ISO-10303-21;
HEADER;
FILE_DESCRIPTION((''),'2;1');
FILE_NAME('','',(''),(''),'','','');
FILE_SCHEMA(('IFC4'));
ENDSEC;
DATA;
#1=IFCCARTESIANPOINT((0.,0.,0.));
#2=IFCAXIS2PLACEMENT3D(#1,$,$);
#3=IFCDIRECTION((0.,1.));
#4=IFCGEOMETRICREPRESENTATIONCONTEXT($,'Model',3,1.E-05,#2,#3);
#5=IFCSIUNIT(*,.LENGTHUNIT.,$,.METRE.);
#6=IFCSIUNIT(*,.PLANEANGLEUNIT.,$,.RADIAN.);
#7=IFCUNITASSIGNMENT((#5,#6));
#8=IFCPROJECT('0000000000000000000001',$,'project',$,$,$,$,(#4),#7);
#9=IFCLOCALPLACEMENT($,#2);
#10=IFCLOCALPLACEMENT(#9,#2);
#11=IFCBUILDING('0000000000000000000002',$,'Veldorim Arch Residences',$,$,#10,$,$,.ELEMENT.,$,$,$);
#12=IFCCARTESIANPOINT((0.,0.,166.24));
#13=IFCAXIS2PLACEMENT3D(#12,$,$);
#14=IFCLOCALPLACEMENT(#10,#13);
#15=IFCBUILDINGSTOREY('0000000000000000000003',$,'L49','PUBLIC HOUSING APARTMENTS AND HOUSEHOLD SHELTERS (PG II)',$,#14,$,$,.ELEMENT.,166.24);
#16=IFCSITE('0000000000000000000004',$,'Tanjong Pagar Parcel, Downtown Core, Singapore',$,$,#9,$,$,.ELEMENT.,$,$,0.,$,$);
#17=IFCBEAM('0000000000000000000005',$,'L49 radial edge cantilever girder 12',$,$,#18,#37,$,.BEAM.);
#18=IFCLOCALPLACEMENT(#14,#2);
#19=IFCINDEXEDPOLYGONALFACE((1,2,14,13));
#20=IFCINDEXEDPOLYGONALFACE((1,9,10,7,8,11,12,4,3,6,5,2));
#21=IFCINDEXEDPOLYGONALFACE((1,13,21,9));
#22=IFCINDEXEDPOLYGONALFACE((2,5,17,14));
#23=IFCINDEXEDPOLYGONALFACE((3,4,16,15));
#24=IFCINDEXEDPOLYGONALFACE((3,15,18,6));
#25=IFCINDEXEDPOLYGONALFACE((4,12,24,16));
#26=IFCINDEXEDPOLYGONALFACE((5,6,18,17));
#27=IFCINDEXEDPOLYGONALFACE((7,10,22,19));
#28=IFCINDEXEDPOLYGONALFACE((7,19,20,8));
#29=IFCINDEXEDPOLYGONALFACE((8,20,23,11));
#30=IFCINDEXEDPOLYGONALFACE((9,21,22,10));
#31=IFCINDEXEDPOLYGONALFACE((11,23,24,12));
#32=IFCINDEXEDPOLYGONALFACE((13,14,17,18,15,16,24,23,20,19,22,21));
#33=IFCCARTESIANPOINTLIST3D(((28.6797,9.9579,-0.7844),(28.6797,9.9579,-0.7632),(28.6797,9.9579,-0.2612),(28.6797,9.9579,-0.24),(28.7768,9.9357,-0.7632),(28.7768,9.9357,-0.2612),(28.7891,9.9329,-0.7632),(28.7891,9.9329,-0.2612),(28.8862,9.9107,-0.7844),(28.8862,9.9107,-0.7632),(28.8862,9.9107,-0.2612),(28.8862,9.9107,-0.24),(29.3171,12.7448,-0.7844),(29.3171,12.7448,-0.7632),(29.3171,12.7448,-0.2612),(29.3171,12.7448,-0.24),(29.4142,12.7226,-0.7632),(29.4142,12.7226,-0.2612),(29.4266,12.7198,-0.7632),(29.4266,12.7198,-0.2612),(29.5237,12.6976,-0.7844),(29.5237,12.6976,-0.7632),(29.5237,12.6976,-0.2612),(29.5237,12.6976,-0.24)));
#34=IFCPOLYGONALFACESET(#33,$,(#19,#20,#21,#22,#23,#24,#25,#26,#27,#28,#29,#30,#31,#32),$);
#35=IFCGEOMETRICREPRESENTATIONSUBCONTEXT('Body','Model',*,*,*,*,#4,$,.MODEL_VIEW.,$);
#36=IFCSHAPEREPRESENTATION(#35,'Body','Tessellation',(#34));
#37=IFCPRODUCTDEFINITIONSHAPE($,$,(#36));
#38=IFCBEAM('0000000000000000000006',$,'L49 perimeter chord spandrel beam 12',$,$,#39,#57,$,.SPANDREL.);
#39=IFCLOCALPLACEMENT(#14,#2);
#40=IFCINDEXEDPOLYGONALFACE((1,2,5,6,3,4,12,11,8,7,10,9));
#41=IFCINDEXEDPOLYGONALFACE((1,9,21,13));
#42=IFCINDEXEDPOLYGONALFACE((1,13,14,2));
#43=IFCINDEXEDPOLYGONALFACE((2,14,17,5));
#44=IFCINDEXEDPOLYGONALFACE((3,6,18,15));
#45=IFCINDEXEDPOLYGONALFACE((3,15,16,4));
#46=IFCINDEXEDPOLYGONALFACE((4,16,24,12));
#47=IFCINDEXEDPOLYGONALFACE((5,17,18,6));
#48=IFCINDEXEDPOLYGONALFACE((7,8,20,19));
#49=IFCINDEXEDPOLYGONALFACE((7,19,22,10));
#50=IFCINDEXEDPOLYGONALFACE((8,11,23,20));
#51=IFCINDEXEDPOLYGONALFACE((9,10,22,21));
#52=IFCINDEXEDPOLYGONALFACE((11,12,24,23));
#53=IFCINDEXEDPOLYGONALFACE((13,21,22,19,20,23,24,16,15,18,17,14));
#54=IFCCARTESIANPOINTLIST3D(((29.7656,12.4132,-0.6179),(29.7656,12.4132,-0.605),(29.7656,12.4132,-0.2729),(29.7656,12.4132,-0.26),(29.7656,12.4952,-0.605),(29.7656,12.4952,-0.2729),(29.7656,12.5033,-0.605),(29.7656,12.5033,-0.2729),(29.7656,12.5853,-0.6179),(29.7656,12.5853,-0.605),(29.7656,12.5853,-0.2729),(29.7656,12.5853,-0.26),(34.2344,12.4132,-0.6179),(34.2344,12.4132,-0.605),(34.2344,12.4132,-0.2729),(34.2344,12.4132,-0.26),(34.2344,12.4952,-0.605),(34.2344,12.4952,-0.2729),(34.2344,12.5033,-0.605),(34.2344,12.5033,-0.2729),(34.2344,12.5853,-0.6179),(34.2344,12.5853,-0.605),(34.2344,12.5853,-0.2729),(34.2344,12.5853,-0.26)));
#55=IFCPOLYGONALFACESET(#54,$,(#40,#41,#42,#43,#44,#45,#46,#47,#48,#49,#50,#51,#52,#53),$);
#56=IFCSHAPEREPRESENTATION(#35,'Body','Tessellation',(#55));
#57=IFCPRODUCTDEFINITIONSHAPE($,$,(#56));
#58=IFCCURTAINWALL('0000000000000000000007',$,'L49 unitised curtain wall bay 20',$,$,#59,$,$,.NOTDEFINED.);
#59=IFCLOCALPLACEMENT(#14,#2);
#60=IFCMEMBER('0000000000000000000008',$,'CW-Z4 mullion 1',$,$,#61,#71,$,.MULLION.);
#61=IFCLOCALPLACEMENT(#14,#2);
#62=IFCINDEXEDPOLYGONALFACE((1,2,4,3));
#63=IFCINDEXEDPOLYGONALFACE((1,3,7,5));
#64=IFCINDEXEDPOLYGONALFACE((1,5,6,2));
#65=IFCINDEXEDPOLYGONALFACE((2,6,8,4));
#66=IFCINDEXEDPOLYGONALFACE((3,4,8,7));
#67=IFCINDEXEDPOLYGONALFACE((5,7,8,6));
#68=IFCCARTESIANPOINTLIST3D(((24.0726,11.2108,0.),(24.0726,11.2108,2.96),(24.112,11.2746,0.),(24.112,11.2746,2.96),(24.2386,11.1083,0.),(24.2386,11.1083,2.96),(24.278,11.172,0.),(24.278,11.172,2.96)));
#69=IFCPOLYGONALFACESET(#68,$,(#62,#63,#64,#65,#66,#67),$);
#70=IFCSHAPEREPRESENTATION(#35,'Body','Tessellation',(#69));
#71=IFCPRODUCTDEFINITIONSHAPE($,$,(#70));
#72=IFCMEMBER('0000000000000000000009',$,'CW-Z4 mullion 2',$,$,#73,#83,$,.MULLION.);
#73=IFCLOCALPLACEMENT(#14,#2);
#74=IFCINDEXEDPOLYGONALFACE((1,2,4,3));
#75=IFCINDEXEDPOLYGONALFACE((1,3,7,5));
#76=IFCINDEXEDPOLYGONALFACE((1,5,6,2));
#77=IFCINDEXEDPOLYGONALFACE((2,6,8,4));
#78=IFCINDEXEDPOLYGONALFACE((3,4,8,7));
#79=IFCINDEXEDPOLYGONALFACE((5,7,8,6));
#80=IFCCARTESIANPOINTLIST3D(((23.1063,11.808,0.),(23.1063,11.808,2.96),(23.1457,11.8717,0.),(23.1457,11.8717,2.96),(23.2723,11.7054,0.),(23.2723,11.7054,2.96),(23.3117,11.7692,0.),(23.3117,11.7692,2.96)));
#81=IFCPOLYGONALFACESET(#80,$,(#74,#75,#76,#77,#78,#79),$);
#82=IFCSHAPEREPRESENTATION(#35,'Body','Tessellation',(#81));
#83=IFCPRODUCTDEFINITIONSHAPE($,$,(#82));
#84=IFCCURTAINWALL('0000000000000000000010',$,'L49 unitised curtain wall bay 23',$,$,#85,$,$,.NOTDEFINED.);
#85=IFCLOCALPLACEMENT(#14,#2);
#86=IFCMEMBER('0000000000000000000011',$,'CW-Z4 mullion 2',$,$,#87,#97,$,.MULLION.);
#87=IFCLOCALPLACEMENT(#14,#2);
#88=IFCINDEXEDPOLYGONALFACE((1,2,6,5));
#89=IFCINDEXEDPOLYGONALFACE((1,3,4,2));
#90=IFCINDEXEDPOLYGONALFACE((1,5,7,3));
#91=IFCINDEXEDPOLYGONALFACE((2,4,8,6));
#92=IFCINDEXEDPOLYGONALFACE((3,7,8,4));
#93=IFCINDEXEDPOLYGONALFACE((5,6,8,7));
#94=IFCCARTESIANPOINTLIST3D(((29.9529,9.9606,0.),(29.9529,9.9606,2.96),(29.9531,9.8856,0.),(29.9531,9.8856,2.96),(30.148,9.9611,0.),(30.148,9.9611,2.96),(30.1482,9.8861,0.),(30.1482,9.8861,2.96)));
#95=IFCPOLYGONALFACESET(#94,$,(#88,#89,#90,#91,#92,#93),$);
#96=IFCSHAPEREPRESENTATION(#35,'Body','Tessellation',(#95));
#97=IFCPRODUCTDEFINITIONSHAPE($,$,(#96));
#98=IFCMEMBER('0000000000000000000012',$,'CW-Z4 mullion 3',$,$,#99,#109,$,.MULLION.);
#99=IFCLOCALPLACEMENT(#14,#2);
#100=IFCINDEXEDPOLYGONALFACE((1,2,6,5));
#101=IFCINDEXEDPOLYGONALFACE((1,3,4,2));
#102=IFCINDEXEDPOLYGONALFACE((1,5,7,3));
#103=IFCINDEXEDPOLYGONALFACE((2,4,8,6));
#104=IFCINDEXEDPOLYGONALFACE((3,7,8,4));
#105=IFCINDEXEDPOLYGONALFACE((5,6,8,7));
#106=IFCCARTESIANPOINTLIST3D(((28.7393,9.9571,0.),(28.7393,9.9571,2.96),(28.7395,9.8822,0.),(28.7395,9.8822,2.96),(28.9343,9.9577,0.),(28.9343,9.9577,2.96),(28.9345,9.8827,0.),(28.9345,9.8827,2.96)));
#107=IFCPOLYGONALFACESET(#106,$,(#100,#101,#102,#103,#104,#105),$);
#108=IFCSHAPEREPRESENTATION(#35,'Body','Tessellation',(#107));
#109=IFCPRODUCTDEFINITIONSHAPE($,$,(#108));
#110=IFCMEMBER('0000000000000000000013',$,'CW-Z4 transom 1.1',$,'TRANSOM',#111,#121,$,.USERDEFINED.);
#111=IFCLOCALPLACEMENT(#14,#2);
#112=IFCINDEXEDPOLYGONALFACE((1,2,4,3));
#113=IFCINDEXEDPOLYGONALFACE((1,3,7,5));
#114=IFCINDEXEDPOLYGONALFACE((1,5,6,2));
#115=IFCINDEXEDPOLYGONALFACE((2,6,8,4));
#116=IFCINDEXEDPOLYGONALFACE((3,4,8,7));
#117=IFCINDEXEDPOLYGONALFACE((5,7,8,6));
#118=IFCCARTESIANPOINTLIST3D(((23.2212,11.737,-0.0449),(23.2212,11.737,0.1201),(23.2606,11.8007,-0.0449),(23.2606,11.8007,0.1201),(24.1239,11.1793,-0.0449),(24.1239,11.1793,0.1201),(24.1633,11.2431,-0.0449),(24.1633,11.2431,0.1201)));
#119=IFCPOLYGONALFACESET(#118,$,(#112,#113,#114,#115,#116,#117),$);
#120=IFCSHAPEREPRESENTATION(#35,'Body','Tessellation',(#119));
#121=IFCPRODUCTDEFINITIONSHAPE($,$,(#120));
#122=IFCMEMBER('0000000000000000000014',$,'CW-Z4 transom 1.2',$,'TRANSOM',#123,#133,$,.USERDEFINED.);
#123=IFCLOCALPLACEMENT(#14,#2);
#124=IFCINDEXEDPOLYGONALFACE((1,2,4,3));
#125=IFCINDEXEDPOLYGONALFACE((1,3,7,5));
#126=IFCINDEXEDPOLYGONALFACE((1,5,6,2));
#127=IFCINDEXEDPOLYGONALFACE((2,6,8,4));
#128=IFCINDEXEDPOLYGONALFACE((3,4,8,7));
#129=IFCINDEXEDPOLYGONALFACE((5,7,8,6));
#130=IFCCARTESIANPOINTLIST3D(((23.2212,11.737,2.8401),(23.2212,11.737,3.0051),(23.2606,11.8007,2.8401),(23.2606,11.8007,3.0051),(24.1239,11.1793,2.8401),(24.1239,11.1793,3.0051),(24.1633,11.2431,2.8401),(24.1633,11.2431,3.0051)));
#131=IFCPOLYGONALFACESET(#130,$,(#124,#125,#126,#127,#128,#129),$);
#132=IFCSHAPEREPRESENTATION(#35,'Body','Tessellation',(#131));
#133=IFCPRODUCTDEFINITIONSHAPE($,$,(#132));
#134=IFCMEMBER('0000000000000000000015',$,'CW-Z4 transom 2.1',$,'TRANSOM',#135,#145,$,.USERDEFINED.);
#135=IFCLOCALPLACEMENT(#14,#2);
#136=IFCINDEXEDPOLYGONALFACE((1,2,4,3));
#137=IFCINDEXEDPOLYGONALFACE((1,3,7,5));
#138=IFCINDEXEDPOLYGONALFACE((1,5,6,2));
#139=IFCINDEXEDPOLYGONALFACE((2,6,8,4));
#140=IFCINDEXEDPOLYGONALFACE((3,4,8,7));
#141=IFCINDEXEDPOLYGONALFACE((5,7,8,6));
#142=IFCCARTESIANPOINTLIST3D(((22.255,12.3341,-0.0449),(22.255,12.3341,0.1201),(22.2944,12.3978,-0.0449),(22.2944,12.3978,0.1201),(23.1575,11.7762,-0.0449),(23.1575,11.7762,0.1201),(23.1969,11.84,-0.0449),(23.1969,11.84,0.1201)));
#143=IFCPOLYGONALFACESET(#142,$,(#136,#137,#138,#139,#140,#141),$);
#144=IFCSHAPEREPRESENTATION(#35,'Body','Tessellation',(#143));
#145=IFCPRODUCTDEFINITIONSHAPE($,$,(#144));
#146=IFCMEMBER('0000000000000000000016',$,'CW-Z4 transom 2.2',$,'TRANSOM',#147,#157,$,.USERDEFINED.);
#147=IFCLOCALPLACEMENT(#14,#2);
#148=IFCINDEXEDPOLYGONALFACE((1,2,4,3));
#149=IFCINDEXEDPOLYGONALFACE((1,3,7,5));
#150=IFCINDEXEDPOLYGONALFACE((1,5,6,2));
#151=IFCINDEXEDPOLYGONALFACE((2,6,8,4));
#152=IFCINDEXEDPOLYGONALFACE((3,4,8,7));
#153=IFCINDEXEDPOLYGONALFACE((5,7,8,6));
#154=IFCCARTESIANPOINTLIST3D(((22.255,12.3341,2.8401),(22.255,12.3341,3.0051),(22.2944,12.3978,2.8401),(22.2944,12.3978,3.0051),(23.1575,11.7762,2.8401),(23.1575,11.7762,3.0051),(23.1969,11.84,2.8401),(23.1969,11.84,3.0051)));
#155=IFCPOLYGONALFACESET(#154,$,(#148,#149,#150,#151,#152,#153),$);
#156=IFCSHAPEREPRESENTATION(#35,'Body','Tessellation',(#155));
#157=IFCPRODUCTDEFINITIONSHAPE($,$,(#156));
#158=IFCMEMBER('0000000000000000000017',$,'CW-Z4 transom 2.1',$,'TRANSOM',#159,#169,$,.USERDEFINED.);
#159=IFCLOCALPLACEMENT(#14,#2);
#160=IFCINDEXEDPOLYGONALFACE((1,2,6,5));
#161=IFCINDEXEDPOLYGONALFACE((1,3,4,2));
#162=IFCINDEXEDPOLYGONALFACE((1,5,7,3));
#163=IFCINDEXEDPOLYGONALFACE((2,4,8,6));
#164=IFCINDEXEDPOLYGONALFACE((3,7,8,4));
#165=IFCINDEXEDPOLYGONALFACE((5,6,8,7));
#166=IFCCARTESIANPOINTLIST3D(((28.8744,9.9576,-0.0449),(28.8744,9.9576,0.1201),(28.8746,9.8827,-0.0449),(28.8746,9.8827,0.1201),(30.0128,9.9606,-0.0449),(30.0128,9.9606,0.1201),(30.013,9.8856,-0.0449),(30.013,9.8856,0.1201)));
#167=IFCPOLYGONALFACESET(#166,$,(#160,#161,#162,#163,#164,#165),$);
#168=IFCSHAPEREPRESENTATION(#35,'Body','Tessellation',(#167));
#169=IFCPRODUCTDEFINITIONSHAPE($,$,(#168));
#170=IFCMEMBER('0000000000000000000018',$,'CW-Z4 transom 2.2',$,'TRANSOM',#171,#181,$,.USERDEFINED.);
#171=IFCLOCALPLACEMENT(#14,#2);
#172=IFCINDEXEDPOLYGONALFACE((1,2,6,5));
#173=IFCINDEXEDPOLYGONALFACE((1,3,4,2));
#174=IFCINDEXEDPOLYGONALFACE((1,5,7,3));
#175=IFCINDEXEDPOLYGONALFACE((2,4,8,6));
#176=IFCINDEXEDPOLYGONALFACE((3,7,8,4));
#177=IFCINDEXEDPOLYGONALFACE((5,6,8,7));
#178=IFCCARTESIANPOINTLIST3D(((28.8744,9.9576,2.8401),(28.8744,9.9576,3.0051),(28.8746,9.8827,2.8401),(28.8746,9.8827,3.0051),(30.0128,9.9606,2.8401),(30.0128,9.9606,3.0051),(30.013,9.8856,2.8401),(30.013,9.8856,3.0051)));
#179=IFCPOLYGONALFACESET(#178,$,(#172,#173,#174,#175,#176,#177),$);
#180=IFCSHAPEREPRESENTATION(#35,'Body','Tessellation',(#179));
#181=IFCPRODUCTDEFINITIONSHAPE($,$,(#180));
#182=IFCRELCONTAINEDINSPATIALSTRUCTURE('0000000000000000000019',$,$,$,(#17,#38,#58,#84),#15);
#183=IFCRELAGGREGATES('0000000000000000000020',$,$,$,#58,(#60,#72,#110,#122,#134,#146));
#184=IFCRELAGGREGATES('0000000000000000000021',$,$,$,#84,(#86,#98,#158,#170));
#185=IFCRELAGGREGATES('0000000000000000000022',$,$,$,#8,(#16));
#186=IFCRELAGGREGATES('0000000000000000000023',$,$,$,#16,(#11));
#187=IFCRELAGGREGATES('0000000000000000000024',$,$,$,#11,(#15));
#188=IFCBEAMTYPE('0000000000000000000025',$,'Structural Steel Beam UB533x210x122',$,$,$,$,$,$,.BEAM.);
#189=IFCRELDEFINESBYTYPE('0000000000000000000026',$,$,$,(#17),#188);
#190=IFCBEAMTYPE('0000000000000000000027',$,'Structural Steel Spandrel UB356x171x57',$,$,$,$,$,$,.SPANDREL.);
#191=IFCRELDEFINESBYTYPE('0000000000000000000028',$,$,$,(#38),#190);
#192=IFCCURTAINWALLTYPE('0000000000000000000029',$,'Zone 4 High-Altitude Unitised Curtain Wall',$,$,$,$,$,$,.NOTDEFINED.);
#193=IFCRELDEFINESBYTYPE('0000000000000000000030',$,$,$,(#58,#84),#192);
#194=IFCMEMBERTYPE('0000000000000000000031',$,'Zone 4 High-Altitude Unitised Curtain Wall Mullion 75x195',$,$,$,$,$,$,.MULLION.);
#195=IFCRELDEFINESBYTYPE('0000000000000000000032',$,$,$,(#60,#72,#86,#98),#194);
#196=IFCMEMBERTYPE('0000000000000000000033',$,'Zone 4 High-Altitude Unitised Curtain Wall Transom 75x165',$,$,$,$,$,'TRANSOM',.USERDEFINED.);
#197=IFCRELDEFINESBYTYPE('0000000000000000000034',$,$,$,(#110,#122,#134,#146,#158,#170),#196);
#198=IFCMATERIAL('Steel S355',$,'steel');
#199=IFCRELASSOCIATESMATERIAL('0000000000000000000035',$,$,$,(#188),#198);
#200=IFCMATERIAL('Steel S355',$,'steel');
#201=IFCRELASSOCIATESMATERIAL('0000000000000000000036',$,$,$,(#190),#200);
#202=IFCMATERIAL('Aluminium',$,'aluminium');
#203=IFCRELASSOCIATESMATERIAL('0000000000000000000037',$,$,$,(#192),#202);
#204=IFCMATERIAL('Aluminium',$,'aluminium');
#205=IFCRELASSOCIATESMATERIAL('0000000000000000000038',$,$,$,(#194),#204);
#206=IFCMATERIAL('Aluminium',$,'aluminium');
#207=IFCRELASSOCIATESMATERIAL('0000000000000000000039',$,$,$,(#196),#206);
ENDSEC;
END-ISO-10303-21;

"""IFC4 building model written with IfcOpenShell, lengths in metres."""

from ifc_helpers import new_model, si_unit, direction, frame, origin, origin_2d, place, context, subcontext, project, spatial, rectangle, i_section, extrude, material, material_profile, profile_set, type_object, element, aggregate, save


model = new_model("IFC4")

# Units and contexts
model_context = context("Model", 3, precision=1e-05, world=origin(), true_north=direction((0.0, 1.0)))
body_context = subcontext(model_context, "Body", "Model", "MODEL_VIEW")
ifc_project = project(units=[si_unit("LENGTHUNIT", "METRE"), si_unit("PLANEANGLEUNIT", "RADIAN")], contexts=[model_context])

# Site, building, storey
site_placement = place(None, origin())
site = spatial("IfcSite", under=ifc_project, at=site_placement, Name="Tanjong Pagar Parcel, Downtown Core, Singapore", CompositionType="ELEMENT", RefElevation=0.0)
building_placement = place(site_placement, origin())
building = spatial("IfcBuilding", under=site, at=building_placement, Name="Veldorim Arch Residences", CompositionType="ELEMENT")
storey_placement = place(building_placement, frame((0.0, 0.0, 166.24)))
storey = spatial("IfcBuildingStorey", under=building, at=storey_placement, Name="L49", Description="PUBLIC HOUSING APARTMENTS AND HOUSEHOLD SHELTERS (PG II)", CompositionType="ELEMENT", Elevation=166.24)

# Beams
ifc_material_1 = material(Name="Steel S355", Category="steel")
ifc_material_profile_1 = material_profile(ifc_material_1, i_section(OverallWidth=0.2119, OverallDepth=0.5444, WebThickness=0.0127, FlangeThickness=0.0212, at=origin_2d()), Name="UB533x210x122")
ifc_profile_set_1 = profile_set([ifc_material_profile_1], Name="Steel S355")
beam_type_1 = type_object("IfcBeamType", Name="Structural Steel Beam UB533x210x122", PredefinedType="BEAM", material=ifc_profile_set_1)
beam_1_placement = place(storey_placement, frame((29.4204, 12.7212, -0.5122), z_axis=(-0.222976, -0.974824, 0.0), x_axis=(0.974824, -0.222976, 0.0)))
element("IfcBeam", 1, at=beam_1_placement, inside=storey, type_object=beam_type_1, Name="L49 radial edge cantilever girder 12", PredefinedType="BEAM", context=body_context, shape_type="SweptSolid", body=[
    extrude(i_section(OverallWidth=0.2119, OverallDepth=0.5444, WebThickness=0.0127, FlangeThickness=0.0212, at=origin_2d()), origin(), (0.0, 0.0, 1.0), 2.8589),
])
ifc_material_2 = material(Name="Steel S355", Category="steel")
ifc_material_profile_2 = material_profile(ifc_material_2, i_section(OverallWidth=0.1721, OverallDepth=0.3579, WebThickness=0.0081, FlangeThickness=0.0129, at=origin_2d()), Name="UB356x171x57")
ifc_profile_set_2 = profile_set([ifc_material_profile_2], Name="Steel S355")
beam_type_2 = type_object("IfcBeamType", Name="Structural Steel Spandrel UB356x171x57", PredefinedType="SPANDREL", material=ifc_profile_set_2)
beam_2_placement = place(storey_placement, frame((29.7656, 12.4993, -0.439), z_axis=(1.0, 0.0, 0.0), x_axis=(0.0, 1.0, 0.0)))
element("IfcBeam", 2, at=beam_2_placement, inside=storey, type_object=beam_type_2, Name="L49 perimeter chord spandrel beam 12", PredefinedType="SPANDREL", context=body_context, shape_type="SweptSolid", body=[
    extrude(i_section(OverallWidth=0.1721, OverallDepth=0.3579, WebThickness=0.0081, FlangeThickness=0.0129, at=origin_2d()), origin(), (0.0, 0.0, 1.0), 4.4688),
])

# Curtain walls, members
ifc_material_3 = material(Name="Aluminium", Category="aluminium")
curtain_wall_type = type_object("IfcCurtainWallType", Name="Zone 4 High-Altitude Unitised Curtain Wall", PredefinedType="NOTDEFINED", material=ifc_material_3)
curtain_wall_1_placement = place(storey_placement, origin())
curtain_wall_1 = element("IfcCurtainWall", 3, at=curtain_wall_1_placement, inside=storey, type_object=curtain_wall_type, Name="L49 unitised curtain wall bay 20", PredefinedType="NOTDEFINED")
ifc_material_4 = material(Name="Aluminium", Category="aluminium")
ifc_material_profile_3 = material_profile(ifc_material_4, rectangle(XDim=0.075, YDim=0.1951, at=origin_2d()), Name="ALU_MUL_75x195")
ifc_profile_set_3 = profile_set([ifc_material_profile_3], Name="Aluminium")
member_type_1 = type_object("IfcMemberType", Name="Zone 4 High-Altitude Unitised Curtain Wall Mullion 75x195", PredefinedType="MULLION", material=ifc_profile_set_3)
member_1_placement = place(storey_placement, frame((24.1753, 11.1914, 0.0), z_axis=(0.0, 0.0, 1.0), x_axis=(-0.525637, -0.850709, 0.0)))
member_1 = element("IfcMember", 4, at=member_1_placement, type_object=member_type_1, Name="CW-Z4 mullion 1", PredefinedType="MULLION", context=body_context, shape_type="SweptSolid", body=[
    extrude(rectangle(XDim=0.075, YDim=0.1951, at=origin_2d()), origin(), (0.0, 0.0, 1.0), 2.96),
])
member_2_placement = place(storey_placement, frame((23.209, 11.7886, 0.0), z_axis=(0.0, 0.0, 1.0), x_axis=(-0.525637, -0.850709, 0.0)))
member_2 = element("IfcMember", 5, at=member_2_placement, type_object=member_type_1, Name="CW-Z4 mullion 2", PredefinedType="MULLION", context=body_context, shape_type="SweptSolid", body=[
    extrude(rectangle(XDim=0.075, YDim=0.1951, at=origin_2d()), origin(), (0.0, 0.0, 1.0), 2.96),
])
curtain_wall_2_placement = place(storey_placement, origin())
curtain_wall_2 = element("IfcCurtainWall", 6, at=curtain_wall_2_placement, inside=storey, type_object=curtain_wall_type, Name="L49 unitised curtain wall bay 23", PredefinedType="NOTDEFINED")
member_3_placement = place(storey_placement, frame((30.0505, 9.9233, 0.0), z_axis=(0.0, 0.0, 1.0), x_axis=(0.002678, -0.999996, 0.0)))
member_3 = element("IfcMember", 7, at=member_3_placement, type_object=member_type_1, Name="CW-Z4 mullion 2", PredefinedType="MULLION", context=body_context, shape_type="SweptSolid", body=[
    extrude(rectangle(XDim=0.075, YDim=0.1951, at=origin_2d()), origin(), (0.0, 0.0, 1.0), 2.96),
])
member_4_placement = place(storey_placement, frame((28.8369, 9.9199, 0.0), z_axis=(0.0, 0.0, 1.0), x_axis=(0.002678, -0.999996, 0.0)))
member_4 = element("IfcMember", 8, at=member_4_placement, type_object=member_type_1, Name="CW-Z4 mullion 3", PredefinedType="MULLION", context=body_context, shape_type="SweptSolid", body=[
    extrude(rectangle(XDim=0.075, YDim=0.1951, at=origin_2d()), origin(), (0.0, 0.0, 1.0), 2.96),
])

# Members
ifc_material_5 = material(Name="Aluminium", Category="aluminium")
ifc_material_profile_4 = material_profile(ifc_material_5, rectangle(XDim=0.075, YDim=0.165, at=origin_2d()), Name="ALU_TRN_75x165")
ifc_profile_set_4 = profile_set([ifc_material_profile_4], Name="Aluminium")
member_type_2 = type_object("IfcMemberType", Name="Zone 4 High-Altitude Unitised Curtain Wall Transom 75x165", ElementType="TRANSOM", PredefinedType="USERDEFINED", material=ifc_profile_set_4)
member_5_placement = place(storey_placement, frame((24.1436, 11.2112, 0.0376), z_axis=(-0.85074, 0.525586, 0.0), x_axis=(-0.525586, -0.85074, 0.0)))
member_5 = element("IfcMember", 9, at=member_5_placement, type_object=member_type_2, Name="CW-Z4 transom 1.1", ObjectType="TRANSOM", PredefinedType="USERDEFINED", context=body_context, shape_type="SweptSolid", body=[
    extrude(rectangle(XDim=0.075, YDim=0.165, at=origin_2d()), origin(), (0.0, 0.0, 1.0), 1.061),
])
member_6_placement = place(storey_placement, frame((24.1436, 11.2112, 2.9226), z_axis=(-0.85074, 0.525586, 0.0), x_axis=(-0.525586, -0.85074, 0.0)))
member_6 = element("IfcMember", 10, at=member_6_placement, type_object=member_type_2, Name="CW-Z4 transom 1.2", ObjectType="TRANSOM", PredefinedType="USERDEFINED", context=body_context, shape_type="SweptSolid", body=[
    extrude(rectangle(XDim=0.075, YDim=0.165, at=origin_2d()), origin(), (0.0, 0.0, 1.0), 1.061),
])
member_7_placement = place(storey_placement, frame((23.1772, 11.8081, 0.0376), z_axis=(-0.850638, 0.525752, 0.0), x_axis=(-0.525752, -0.850638, 0.0)))
member_7 = element("IfcMember", 11, at=member_7_placement, type_object=member_type_2, Name="CW-Z4 transom 2.1", ObjectType="TRANSOM", PredefinedType="USERDEFINED", context=body_context, shape_type="SweptSolid", body=[
    extrude(rectangle(XDim=0.075, YDim=0.165, at=origin_2d()), origin(), (0.0, 0.0, 1.0), 1.061),
])
member_8_placement = place(storey_placement, frame((23.1772, 11.8081, 2.9226), z_axis=(-0.850638, 0.525752, 0.0), x_axis=(-0.525752, -0.850638, 0.0)))
member_8 = element("IfcMember", 12, at=member_8_placement, type_object=member_type_2, Name="CW-Z4 transom 2.2", ObjectType="TRANSOM", PredefinedType="USERDEFINED", context=body_context, shape_type="SweptSolid", body=[
    extrude(rectangle(XDim=0.075, YDim=0.165, at=origin_2d()), origin(), (0.0, 0.0, 1.0), 1.061),
])
member_9_placement = place(storey_placement, frame((30.0129, 9.9231, 0.0376), z_axis=(-0.999997, -0.002573, 0.0), x_axis=(0.002573, -0.999997, 0.0)))
member_9 = element("IfcMember", 13, at=member_9_placement, type_object=member_type_2, Name="CW-Z4 transom 2.1", ObjectType="TRANSOM", PredefinedType="USERDEFINED", context=body_context, shape_type="SweptSolid", body=[
    extrude(rectangle(XDim=0.075, YDim=0.165, at=origin_2d()), origin(), (0.0, 0.0, 1.0), 1.1384),
])
member_10_placement = place(storey_placement, frame((30.0129, 9.9231, 2.9226), z_axis=(-0.999997, -0.002573, 0.0), x_axis=(0.002573, -0.999997, 0.0)))
member_10 = element("IfcMember", 14, at=member_10_placement, type_object=member_type_2, Name="CW-Z4 transom 2.2", ObjectType="TRANSOM", PredefinedType="USERDEFINED", context=body_context, shape_type="SweptSolid", body=[
    extrude(rectangle(XDim=0.075, YDim=0.165, at=origin_2d()), origin(), (0.0, 0.0, 1.0), 1.1384),
])

aggregate(curtain_wall_1, [member_1, member_2, member_5, member_6, member_7, member_8])
aggregate(curtain_wall_2, [member_3, member_4, member_9, member_10])

save(model, "model.ifc")
